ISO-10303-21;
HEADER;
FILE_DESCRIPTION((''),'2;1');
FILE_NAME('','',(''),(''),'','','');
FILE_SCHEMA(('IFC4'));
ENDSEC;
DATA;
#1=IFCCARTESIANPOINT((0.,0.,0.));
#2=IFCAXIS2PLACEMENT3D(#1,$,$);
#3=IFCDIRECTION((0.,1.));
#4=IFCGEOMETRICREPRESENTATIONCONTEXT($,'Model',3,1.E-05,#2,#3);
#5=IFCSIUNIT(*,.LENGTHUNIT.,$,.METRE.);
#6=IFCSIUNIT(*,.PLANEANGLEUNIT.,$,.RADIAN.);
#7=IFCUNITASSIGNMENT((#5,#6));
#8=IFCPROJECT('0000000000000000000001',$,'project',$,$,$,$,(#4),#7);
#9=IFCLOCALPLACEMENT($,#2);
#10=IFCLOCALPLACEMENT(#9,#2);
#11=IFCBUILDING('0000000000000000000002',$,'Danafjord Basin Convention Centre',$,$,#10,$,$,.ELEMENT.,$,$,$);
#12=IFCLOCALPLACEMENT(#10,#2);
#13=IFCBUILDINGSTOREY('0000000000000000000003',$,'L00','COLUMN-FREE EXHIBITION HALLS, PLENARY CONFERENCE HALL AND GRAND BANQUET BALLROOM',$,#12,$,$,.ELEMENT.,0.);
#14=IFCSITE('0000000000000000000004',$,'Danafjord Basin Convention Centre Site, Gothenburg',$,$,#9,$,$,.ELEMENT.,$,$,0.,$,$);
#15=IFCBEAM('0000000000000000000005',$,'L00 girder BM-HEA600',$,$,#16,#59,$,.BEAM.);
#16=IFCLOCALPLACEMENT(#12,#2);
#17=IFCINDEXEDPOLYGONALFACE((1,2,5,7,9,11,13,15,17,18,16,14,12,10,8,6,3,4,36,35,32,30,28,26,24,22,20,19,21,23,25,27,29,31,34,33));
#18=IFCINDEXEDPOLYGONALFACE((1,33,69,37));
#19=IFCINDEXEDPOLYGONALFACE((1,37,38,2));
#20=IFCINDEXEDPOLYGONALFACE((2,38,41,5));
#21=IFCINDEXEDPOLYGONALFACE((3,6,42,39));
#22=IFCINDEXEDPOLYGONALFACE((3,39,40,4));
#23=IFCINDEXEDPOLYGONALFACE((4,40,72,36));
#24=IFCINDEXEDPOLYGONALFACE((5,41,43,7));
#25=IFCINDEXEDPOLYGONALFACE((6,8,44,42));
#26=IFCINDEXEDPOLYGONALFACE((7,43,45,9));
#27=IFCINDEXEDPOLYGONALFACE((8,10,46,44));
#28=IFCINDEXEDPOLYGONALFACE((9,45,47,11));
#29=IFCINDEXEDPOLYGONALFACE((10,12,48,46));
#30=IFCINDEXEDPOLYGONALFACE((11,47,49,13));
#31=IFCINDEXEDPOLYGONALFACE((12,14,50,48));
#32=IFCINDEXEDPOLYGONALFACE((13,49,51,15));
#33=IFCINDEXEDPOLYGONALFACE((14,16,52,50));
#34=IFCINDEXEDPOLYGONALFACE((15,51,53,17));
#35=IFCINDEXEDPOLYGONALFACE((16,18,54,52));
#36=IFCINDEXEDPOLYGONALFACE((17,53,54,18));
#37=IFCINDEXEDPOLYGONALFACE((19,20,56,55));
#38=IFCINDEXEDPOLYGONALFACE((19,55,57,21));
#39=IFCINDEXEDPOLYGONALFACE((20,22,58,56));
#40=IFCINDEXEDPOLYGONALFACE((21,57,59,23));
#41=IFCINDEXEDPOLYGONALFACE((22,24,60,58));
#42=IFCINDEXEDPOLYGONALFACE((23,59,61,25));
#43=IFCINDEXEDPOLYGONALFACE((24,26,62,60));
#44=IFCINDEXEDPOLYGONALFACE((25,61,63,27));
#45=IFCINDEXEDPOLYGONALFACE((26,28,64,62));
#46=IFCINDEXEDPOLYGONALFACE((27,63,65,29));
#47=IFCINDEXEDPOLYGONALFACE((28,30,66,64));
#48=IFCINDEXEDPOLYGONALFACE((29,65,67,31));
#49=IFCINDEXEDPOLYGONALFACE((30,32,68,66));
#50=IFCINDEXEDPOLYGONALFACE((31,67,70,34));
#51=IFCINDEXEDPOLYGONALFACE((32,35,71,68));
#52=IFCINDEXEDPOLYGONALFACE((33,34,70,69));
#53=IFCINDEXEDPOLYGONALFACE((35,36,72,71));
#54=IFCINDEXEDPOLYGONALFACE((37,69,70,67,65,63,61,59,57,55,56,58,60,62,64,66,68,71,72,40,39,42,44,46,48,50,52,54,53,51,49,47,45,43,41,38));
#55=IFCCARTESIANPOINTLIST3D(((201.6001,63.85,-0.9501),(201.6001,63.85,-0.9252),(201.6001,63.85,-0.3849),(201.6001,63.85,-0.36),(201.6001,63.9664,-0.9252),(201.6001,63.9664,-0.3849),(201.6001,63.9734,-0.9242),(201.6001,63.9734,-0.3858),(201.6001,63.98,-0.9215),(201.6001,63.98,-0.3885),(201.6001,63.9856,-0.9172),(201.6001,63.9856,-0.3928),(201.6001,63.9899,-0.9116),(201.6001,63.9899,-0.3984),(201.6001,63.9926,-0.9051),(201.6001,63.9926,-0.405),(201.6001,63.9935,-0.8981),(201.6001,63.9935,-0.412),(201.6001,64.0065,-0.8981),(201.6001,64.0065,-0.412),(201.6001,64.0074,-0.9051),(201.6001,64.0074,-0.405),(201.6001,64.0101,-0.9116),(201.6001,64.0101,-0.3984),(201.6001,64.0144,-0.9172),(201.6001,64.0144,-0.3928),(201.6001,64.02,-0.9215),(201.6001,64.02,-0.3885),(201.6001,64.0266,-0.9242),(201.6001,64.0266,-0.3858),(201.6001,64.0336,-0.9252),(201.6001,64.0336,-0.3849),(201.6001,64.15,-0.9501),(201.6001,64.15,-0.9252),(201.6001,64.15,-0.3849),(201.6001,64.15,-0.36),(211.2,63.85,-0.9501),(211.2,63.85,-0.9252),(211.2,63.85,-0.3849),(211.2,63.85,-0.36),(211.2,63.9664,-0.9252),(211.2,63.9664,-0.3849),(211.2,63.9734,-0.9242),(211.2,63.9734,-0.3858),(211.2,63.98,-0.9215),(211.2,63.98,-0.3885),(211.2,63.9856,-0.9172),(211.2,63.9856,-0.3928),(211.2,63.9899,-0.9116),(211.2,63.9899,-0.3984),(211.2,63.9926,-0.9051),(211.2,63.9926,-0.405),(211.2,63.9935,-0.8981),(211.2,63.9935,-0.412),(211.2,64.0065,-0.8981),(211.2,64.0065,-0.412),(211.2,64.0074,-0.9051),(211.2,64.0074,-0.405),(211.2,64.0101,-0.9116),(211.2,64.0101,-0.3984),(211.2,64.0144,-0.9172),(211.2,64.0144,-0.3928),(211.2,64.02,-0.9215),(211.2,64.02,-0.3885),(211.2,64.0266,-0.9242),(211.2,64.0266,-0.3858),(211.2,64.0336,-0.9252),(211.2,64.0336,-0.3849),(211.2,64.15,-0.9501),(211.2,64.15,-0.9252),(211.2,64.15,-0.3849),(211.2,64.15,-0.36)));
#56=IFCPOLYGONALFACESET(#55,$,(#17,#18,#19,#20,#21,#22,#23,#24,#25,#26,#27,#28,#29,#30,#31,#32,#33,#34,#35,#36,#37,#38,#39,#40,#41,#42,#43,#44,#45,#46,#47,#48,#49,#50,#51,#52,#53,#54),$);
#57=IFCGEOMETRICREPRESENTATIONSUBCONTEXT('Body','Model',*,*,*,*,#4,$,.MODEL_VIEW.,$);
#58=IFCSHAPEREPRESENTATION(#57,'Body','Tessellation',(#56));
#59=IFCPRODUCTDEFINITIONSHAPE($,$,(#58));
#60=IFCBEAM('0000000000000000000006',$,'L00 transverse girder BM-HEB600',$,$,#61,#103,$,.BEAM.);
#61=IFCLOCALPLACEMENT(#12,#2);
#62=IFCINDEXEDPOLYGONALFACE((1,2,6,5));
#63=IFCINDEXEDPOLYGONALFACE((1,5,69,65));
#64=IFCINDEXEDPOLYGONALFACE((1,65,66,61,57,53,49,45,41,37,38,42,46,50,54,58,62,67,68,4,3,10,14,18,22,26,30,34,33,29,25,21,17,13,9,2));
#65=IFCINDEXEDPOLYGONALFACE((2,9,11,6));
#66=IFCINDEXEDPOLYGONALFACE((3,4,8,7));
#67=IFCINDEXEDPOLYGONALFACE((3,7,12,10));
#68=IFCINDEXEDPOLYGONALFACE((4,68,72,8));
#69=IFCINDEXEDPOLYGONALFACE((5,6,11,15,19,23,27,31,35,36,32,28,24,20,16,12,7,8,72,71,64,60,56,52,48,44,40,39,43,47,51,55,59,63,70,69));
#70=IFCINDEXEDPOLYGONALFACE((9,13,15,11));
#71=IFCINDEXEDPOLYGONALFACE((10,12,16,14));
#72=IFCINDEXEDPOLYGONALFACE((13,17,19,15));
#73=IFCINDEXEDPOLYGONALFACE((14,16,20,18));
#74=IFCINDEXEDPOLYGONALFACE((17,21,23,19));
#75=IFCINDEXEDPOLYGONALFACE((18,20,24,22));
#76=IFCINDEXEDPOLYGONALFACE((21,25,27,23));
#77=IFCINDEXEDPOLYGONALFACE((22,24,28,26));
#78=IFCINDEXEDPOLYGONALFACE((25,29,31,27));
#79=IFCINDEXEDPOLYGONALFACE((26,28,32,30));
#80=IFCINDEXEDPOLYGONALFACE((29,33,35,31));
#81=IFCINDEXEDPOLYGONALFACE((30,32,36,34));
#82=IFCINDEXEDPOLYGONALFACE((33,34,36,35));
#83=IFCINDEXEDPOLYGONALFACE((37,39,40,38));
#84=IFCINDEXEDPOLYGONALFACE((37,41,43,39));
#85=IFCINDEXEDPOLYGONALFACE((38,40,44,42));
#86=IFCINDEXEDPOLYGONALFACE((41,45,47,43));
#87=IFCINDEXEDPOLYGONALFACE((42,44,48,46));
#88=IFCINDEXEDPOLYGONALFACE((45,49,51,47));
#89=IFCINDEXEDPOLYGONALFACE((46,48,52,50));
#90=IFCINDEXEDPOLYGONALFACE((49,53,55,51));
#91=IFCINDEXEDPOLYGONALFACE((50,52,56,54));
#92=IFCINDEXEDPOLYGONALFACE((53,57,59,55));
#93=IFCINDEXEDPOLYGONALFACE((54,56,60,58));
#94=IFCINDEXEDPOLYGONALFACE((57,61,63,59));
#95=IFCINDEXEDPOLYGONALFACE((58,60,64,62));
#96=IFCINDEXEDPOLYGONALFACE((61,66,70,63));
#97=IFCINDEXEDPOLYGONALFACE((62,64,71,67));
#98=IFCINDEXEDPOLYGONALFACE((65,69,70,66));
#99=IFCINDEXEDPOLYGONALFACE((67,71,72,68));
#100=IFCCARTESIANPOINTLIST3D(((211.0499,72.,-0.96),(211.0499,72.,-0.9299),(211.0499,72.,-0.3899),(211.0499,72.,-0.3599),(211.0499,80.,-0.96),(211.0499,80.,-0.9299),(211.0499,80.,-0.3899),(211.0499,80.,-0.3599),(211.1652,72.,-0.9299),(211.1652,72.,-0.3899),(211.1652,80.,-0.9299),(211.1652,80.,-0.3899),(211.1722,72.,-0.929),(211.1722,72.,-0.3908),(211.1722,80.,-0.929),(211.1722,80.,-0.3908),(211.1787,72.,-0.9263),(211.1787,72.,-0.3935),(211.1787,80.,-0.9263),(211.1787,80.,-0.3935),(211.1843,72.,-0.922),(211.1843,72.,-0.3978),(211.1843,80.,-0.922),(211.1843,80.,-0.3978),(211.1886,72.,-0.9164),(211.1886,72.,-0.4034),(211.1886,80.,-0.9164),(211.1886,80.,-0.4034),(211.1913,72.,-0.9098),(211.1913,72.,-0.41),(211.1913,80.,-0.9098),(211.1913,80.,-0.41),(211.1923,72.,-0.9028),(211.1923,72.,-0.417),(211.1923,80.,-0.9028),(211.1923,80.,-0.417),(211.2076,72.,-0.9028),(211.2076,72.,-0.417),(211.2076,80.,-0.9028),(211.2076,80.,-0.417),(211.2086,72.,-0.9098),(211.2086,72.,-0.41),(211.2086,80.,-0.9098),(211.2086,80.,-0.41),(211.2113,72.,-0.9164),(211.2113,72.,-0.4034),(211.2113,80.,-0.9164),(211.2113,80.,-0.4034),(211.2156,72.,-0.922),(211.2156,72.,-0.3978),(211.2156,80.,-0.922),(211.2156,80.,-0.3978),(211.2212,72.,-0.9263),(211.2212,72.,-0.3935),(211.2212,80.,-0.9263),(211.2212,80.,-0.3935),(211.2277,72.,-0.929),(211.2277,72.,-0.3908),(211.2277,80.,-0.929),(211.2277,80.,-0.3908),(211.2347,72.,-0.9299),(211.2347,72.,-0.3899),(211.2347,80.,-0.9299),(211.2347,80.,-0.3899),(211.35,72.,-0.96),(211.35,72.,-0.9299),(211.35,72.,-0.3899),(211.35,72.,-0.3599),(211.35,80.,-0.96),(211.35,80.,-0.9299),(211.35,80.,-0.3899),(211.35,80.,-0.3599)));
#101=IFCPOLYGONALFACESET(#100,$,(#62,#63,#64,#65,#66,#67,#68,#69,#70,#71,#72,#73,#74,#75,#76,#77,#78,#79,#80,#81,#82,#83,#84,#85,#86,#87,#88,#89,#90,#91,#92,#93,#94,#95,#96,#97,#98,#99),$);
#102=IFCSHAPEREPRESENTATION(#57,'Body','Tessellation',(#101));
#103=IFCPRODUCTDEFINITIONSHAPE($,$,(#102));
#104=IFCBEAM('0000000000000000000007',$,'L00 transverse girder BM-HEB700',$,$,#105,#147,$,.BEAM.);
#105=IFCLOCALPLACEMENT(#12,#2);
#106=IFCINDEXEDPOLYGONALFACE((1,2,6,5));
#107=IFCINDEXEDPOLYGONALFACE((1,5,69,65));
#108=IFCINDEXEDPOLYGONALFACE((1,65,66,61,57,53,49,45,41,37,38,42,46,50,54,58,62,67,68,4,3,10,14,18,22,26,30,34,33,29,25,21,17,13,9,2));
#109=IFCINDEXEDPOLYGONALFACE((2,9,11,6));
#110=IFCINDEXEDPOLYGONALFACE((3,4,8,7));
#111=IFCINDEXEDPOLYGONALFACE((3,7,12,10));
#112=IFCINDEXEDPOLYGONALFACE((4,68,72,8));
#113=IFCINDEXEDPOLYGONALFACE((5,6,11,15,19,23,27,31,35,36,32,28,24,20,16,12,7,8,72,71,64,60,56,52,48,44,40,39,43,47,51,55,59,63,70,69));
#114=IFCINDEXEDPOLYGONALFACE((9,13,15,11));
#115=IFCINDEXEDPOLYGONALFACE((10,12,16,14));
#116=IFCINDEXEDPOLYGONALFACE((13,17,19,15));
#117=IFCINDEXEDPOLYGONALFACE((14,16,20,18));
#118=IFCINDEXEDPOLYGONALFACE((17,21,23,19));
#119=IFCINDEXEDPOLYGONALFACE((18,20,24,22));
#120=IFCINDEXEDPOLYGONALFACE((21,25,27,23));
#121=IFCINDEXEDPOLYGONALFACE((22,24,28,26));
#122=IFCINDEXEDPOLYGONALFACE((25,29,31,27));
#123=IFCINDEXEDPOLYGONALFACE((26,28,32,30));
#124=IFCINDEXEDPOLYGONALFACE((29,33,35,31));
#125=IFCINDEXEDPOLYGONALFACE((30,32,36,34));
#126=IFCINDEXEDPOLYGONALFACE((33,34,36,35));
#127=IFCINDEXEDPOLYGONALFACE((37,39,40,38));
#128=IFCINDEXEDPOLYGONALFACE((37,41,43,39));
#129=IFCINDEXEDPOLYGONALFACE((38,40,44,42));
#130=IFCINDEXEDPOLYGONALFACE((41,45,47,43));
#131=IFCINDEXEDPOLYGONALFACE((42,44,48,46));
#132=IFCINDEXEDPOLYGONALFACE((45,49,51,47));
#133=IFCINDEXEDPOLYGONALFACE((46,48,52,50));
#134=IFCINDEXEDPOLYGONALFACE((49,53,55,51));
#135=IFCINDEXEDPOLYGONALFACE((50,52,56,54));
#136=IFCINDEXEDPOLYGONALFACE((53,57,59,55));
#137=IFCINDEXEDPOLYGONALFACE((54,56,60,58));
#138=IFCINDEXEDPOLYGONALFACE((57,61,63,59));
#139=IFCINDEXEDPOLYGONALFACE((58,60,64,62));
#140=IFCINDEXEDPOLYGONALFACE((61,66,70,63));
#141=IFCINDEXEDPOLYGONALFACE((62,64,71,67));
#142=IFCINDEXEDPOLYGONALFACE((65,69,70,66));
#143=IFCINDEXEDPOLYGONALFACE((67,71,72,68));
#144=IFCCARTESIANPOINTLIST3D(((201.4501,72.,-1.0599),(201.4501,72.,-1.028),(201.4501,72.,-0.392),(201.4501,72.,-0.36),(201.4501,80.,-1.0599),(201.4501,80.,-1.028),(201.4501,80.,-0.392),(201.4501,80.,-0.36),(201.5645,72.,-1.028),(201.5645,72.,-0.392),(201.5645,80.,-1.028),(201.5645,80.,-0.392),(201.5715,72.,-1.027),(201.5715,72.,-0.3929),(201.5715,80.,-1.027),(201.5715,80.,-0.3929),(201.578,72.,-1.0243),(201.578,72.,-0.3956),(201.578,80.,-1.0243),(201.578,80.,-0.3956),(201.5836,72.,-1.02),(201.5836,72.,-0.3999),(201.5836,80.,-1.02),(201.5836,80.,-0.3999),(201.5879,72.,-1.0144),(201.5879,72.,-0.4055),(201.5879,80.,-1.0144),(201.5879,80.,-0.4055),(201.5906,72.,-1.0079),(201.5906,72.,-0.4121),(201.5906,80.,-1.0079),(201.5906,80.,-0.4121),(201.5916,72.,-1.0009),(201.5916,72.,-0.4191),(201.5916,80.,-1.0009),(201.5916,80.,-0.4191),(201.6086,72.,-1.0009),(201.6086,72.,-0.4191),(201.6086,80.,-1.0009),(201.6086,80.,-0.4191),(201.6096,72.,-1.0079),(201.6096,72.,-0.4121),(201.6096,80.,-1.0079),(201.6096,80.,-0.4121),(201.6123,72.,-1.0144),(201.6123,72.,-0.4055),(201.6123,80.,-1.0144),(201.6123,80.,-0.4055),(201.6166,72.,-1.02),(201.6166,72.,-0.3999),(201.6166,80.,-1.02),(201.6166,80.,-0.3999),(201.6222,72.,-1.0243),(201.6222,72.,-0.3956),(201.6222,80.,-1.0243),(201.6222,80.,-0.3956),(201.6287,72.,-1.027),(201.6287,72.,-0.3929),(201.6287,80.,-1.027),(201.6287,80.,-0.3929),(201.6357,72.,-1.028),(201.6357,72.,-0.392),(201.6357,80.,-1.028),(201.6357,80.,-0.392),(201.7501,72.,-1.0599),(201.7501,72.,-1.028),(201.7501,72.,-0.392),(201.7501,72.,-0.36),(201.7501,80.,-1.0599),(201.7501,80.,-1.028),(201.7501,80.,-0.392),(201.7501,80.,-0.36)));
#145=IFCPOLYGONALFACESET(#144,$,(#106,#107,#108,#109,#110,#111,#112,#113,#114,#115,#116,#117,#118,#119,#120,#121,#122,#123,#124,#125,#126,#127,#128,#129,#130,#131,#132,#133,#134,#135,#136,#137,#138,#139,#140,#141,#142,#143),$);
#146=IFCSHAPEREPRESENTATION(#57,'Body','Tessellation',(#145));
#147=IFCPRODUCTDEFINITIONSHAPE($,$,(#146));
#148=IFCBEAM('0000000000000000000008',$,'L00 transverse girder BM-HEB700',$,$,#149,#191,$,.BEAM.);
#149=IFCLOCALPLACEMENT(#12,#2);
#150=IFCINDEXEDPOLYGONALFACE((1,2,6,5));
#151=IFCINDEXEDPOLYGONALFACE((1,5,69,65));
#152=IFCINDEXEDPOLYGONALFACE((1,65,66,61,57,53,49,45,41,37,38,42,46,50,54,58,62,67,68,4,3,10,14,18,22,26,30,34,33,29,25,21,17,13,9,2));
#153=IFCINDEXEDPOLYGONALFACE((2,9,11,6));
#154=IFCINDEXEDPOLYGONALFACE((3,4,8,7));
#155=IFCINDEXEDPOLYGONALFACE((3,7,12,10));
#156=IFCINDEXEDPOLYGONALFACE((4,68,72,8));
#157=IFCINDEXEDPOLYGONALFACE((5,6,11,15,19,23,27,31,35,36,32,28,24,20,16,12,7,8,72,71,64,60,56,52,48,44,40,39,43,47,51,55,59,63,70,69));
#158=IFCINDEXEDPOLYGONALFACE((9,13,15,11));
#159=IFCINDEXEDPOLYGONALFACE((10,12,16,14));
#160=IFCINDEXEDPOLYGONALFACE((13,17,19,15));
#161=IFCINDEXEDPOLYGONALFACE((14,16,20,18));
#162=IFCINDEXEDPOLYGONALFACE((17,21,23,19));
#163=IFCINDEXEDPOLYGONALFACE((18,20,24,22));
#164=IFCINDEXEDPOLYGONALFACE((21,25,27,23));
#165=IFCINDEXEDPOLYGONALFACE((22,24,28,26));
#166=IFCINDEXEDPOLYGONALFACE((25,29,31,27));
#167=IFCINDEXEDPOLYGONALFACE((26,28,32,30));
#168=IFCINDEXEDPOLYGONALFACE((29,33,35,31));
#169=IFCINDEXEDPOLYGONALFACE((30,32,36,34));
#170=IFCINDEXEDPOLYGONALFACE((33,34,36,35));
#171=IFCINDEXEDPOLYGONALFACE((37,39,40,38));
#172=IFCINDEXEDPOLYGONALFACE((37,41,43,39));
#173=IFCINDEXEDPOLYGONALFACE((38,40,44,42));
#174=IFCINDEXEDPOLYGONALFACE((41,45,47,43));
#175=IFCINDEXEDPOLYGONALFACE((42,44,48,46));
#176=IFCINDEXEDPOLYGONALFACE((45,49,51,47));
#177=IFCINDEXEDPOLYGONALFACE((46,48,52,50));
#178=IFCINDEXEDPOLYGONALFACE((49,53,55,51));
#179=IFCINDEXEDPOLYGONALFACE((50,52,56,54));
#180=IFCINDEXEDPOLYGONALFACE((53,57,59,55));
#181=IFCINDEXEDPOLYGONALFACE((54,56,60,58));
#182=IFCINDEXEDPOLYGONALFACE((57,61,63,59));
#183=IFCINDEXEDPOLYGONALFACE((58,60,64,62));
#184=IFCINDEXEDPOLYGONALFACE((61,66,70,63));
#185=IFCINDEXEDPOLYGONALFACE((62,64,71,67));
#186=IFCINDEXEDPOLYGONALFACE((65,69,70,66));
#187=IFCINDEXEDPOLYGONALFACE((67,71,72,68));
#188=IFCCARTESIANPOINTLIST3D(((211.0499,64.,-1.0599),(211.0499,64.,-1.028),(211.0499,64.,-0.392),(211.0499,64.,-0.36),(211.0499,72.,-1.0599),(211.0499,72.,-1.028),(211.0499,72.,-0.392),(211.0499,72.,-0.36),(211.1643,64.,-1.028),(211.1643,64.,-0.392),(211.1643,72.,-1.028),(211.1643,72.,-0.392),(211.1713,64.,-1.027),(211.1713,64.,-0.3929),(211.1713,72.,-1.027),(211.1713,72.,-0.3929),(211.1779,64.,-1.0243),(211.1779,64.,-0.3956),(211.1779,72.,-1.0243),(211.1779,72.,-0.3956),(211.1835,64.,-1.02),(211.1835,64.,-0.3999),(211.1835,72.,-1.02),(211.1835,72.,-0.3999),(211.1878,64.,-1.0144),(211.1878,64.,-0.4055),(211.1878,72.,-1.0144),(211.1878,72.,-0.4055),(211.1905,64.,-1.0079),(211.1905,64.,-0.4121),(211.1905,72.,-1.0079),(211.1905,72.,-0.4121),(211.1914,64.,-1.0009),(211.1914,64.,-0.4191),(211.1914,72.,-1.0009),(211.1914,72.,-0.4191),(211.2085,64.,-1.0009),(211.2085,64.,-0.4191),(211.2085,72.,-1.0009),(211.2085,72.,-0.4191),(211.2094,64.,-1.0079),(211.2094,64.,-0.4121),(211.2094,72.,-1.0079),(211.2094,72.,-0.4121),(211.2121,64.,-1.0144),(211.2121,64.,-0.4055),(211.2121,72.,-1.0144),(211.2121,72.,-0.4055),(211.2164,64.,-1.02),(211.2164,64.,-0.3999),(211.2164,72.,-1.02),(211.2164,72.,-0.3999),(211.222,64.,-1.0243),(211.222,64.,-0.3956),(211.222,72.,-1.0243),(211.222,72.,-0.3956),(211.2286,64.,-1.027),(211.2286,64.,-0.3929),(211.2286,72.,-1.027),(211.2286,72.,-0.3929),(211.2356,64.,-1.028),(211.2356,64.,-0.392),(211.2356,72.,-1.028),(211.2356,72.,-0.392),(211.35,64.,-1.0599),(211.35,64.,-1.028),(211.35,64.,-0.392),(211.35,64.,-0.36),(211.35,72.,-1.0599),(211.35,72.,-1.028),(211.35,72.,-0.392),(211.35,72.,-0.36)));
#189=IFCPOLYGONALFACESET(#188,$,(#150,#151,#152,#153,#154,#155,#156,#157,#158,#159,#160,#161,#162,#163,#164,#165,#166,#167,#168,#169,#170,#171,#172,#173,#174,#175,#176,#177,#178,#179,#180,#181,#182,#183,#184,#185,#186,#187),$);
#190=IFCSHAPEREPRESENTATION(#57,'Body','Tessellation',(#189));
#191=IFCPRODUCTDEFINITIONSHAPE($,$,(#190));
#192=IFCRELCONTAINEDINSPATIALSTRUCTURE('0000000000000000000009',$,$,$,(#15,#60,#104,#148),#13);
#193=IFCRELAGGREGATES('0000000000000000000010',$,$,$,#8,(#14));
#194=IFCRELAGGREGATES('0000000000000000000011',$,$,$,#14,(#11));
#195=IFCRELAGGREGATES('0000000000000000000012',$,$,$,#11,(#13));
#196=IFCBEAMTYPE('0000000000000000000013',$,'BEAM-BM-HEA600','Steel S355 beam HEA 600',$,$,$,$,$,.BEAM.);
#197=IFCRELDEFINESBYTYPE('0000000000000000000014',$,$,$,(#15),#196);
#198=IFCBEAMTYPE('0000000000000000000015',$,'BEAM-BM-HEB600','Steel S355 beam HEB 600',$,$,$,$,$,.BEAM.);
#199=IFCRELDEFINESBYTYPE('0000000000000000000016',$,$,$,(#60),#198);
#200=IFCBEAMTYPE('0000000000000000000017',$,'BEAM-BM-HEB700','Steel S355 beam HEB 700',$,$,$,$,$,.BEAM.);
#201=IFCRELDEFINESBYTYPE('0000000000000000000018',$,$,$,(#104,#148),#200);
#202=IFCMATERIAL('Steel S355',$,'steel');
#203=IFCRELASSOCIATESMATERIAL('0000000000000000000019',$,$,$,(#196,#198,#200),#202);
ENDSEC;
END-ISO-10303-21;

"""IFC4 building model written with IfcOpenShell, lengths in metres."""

from ifc_helpers import new_model, si_unit, direction, frame, origin, origin_2d, place, context, subcontext, project, spatial, i_section, extrude, material, material_profile, profile_set, type_object, element, save


model = new_model("IFC4")

# Units and contexts
model_context = context("Model", 3, precision=1e-05, world=origin(), true_north=direction((0.0, 1.0)))
body_context = subcontext(model_context, "Body", "Model", "MODEL_VIEW")
ifc_project = project(units=[si_unit("LENGTHUNIT", "METRE"), si_unit("PLANEANGLEUNIT", "RADIAN")], contexts=[model_context])

# Site, building, storey
site_placement = place(None, origin())
site = spatial("IfcSite", under=ifc_project, at=site_placement, Name="Danafjord Basin Convention Centre Site, Gothenburg", CompositionType="ELEMENT", RefElevation=0.0)
building_placement = place(site_placement, origin())
building = spatial("IfcBuilding", under=site, at=building_placement, Name="Danafjord Basin Convention Centre", CompositionType="ELEMENT")
storey_placement = place(building_placement, origin())
storey = spatial("IfcBuildingStorey", under=building, at=storey_placement, Name="L00", Description="COLUMN-FREE EXHIBITION HALLS, PLENARY CONFERENCE HALL AND GRAND BANQUET BALLROOM", CompositionType="ELEMENT", Elevation=0.0)

# Shared definitions
ifc_material_1 = material(Name="Steel S355", Category="steel")

# Beams
ifc_material_profile_1 = material_profile(ifc_material_1, i_section(OverallWidth=0.3, OverallDepth=0.5901, WebThickness=0.0129, FlangeThickness=0.0249, FilletRadius=0.0271, at=origin_2d()), Name="HEA 600")
ifc_profile_set_1 = profile_set([ifc_material_profile_1], Name="Steel S355")
beam_type_1 = type_object("IfcBeamType", Name="BEAM-BM-HEA600", Description="Steel S355 beam HEA 600", PredefinedType="BEAM", material=ifc_profile_set_1)
beam_1_placement = place(storey_placement, frame((201.6001, 64.0, -0.655), z_axis=(1.0, 0.0, 0.0), x_axis=(0.0, 1.0, 0.0)))
element("IfcBeam", 1, at=beam_1_placement, inside=storey, type_object=beam_type_1, Name="L00 girder BM-HEA600", PredefinedType="BEAM", context=body_context, shape_type="SweptSolid", body=[
    extrude(i_section(OverallWidth=0.3, OverallDepth=0.5901, WebThickness=0.0129, FlangeThickness=0.0249, FilletRadius=0.0271, at=origin_2d()), origin(), (0.0, 0.0, 1.0), 9.5999),
])
ifc_material_profile_2 = material_profile(ifc_material_1, i_section(OverallWidth=0.3, OverallDepth=0.6001, WebThickness=0.0154, FlangeThickness=0.03, FilletRadius=0.0271, at=origin_2d()), Name="HEB 600")
ifc_profile_set_2 = profile_set([ifc_material_profile_2], Name="Steel S355")
beam_type_2 = type_object("IfcBeamType", Name="BEAM-BM-HEB600", Description="Steel S355 beam HEB 600", PredefinedType="BEAM", material=ifc_profile_set_2)
beam_2_placement = place(storey_placement, frame((211.2, 72.0, -0.6599), z_axis=(0.0, 1.0, 0.0), x_axis=(-1.0, 0.0, 0.0)))
element("IfcBeam", 2, at=beam_2_placement, inside=storey, type_object=beam_type_2, Name="L00 transverse girder BM-HEB600", PredefinedType="BEAM", context=body_context, shape_type="SweptSolid", body=[
    extrude(i_section(OverallWidth=0.3, OverallDepth=0.6001, WebThickness=0.0154, FlangeThickness=0.03, FilletRadius=0.0271, at=origin_2d()), origin(), (0.0, 0.0, 1.0), 8.0),
])
ifc_material_profile_3 = material_profile(ifc_material_1, i_section(OverallWidth=0.3, OverallDepth=0.7, WebThickness=0.0171, FlangeThickness=0.032, FilletRadius=0.0271, at=origin_2d()), Name="HEB 700")
ifc_profile_set_3 = profile_set([ifc_material_profile_3], Name="Steel S355")
beam_type_3 = type_object("IfcBeamType", Name="BEAM-BM-HEB700", Description="Steel S355 beam HEB 700", PredefinedType="BEAM", material=ifc_profile_set_3)
for number, where, z_axis, x_axis, name in (
    (3, (201.6001, 72.0, -0.71), (0.0, 1.0, 0.0), (-1.0, 0.0, 0.0), "L00 transverse girder BM-HEB700"),
    (4, (211.2, 64.0, -0.71), (0.0, 1.0, 0.0), (-1.0, 0.0, 0.0), "L00 transverse girder BM-HEB700"),
):
    element("IfcBeam", number, at=place(storey_placement, frame(where, z_axis=z_axis, x_axis=x_axis)), inside=storey, type_object=beam_type_3, Name=name, PredefinedType="BEAM", context=body_context, shape_type="SweptSolid", body=[
        extrude(i_section(OverallWidth=0.3, OverallDepth=0.7, WebThickness=0.0171, FlangeThickness=0.032, FilletRadius=0.0271, at=origin_2d()), origin(), (0.0, 0.0, 1.0), 8.0),
    ])

save(model, "model.ifc")
